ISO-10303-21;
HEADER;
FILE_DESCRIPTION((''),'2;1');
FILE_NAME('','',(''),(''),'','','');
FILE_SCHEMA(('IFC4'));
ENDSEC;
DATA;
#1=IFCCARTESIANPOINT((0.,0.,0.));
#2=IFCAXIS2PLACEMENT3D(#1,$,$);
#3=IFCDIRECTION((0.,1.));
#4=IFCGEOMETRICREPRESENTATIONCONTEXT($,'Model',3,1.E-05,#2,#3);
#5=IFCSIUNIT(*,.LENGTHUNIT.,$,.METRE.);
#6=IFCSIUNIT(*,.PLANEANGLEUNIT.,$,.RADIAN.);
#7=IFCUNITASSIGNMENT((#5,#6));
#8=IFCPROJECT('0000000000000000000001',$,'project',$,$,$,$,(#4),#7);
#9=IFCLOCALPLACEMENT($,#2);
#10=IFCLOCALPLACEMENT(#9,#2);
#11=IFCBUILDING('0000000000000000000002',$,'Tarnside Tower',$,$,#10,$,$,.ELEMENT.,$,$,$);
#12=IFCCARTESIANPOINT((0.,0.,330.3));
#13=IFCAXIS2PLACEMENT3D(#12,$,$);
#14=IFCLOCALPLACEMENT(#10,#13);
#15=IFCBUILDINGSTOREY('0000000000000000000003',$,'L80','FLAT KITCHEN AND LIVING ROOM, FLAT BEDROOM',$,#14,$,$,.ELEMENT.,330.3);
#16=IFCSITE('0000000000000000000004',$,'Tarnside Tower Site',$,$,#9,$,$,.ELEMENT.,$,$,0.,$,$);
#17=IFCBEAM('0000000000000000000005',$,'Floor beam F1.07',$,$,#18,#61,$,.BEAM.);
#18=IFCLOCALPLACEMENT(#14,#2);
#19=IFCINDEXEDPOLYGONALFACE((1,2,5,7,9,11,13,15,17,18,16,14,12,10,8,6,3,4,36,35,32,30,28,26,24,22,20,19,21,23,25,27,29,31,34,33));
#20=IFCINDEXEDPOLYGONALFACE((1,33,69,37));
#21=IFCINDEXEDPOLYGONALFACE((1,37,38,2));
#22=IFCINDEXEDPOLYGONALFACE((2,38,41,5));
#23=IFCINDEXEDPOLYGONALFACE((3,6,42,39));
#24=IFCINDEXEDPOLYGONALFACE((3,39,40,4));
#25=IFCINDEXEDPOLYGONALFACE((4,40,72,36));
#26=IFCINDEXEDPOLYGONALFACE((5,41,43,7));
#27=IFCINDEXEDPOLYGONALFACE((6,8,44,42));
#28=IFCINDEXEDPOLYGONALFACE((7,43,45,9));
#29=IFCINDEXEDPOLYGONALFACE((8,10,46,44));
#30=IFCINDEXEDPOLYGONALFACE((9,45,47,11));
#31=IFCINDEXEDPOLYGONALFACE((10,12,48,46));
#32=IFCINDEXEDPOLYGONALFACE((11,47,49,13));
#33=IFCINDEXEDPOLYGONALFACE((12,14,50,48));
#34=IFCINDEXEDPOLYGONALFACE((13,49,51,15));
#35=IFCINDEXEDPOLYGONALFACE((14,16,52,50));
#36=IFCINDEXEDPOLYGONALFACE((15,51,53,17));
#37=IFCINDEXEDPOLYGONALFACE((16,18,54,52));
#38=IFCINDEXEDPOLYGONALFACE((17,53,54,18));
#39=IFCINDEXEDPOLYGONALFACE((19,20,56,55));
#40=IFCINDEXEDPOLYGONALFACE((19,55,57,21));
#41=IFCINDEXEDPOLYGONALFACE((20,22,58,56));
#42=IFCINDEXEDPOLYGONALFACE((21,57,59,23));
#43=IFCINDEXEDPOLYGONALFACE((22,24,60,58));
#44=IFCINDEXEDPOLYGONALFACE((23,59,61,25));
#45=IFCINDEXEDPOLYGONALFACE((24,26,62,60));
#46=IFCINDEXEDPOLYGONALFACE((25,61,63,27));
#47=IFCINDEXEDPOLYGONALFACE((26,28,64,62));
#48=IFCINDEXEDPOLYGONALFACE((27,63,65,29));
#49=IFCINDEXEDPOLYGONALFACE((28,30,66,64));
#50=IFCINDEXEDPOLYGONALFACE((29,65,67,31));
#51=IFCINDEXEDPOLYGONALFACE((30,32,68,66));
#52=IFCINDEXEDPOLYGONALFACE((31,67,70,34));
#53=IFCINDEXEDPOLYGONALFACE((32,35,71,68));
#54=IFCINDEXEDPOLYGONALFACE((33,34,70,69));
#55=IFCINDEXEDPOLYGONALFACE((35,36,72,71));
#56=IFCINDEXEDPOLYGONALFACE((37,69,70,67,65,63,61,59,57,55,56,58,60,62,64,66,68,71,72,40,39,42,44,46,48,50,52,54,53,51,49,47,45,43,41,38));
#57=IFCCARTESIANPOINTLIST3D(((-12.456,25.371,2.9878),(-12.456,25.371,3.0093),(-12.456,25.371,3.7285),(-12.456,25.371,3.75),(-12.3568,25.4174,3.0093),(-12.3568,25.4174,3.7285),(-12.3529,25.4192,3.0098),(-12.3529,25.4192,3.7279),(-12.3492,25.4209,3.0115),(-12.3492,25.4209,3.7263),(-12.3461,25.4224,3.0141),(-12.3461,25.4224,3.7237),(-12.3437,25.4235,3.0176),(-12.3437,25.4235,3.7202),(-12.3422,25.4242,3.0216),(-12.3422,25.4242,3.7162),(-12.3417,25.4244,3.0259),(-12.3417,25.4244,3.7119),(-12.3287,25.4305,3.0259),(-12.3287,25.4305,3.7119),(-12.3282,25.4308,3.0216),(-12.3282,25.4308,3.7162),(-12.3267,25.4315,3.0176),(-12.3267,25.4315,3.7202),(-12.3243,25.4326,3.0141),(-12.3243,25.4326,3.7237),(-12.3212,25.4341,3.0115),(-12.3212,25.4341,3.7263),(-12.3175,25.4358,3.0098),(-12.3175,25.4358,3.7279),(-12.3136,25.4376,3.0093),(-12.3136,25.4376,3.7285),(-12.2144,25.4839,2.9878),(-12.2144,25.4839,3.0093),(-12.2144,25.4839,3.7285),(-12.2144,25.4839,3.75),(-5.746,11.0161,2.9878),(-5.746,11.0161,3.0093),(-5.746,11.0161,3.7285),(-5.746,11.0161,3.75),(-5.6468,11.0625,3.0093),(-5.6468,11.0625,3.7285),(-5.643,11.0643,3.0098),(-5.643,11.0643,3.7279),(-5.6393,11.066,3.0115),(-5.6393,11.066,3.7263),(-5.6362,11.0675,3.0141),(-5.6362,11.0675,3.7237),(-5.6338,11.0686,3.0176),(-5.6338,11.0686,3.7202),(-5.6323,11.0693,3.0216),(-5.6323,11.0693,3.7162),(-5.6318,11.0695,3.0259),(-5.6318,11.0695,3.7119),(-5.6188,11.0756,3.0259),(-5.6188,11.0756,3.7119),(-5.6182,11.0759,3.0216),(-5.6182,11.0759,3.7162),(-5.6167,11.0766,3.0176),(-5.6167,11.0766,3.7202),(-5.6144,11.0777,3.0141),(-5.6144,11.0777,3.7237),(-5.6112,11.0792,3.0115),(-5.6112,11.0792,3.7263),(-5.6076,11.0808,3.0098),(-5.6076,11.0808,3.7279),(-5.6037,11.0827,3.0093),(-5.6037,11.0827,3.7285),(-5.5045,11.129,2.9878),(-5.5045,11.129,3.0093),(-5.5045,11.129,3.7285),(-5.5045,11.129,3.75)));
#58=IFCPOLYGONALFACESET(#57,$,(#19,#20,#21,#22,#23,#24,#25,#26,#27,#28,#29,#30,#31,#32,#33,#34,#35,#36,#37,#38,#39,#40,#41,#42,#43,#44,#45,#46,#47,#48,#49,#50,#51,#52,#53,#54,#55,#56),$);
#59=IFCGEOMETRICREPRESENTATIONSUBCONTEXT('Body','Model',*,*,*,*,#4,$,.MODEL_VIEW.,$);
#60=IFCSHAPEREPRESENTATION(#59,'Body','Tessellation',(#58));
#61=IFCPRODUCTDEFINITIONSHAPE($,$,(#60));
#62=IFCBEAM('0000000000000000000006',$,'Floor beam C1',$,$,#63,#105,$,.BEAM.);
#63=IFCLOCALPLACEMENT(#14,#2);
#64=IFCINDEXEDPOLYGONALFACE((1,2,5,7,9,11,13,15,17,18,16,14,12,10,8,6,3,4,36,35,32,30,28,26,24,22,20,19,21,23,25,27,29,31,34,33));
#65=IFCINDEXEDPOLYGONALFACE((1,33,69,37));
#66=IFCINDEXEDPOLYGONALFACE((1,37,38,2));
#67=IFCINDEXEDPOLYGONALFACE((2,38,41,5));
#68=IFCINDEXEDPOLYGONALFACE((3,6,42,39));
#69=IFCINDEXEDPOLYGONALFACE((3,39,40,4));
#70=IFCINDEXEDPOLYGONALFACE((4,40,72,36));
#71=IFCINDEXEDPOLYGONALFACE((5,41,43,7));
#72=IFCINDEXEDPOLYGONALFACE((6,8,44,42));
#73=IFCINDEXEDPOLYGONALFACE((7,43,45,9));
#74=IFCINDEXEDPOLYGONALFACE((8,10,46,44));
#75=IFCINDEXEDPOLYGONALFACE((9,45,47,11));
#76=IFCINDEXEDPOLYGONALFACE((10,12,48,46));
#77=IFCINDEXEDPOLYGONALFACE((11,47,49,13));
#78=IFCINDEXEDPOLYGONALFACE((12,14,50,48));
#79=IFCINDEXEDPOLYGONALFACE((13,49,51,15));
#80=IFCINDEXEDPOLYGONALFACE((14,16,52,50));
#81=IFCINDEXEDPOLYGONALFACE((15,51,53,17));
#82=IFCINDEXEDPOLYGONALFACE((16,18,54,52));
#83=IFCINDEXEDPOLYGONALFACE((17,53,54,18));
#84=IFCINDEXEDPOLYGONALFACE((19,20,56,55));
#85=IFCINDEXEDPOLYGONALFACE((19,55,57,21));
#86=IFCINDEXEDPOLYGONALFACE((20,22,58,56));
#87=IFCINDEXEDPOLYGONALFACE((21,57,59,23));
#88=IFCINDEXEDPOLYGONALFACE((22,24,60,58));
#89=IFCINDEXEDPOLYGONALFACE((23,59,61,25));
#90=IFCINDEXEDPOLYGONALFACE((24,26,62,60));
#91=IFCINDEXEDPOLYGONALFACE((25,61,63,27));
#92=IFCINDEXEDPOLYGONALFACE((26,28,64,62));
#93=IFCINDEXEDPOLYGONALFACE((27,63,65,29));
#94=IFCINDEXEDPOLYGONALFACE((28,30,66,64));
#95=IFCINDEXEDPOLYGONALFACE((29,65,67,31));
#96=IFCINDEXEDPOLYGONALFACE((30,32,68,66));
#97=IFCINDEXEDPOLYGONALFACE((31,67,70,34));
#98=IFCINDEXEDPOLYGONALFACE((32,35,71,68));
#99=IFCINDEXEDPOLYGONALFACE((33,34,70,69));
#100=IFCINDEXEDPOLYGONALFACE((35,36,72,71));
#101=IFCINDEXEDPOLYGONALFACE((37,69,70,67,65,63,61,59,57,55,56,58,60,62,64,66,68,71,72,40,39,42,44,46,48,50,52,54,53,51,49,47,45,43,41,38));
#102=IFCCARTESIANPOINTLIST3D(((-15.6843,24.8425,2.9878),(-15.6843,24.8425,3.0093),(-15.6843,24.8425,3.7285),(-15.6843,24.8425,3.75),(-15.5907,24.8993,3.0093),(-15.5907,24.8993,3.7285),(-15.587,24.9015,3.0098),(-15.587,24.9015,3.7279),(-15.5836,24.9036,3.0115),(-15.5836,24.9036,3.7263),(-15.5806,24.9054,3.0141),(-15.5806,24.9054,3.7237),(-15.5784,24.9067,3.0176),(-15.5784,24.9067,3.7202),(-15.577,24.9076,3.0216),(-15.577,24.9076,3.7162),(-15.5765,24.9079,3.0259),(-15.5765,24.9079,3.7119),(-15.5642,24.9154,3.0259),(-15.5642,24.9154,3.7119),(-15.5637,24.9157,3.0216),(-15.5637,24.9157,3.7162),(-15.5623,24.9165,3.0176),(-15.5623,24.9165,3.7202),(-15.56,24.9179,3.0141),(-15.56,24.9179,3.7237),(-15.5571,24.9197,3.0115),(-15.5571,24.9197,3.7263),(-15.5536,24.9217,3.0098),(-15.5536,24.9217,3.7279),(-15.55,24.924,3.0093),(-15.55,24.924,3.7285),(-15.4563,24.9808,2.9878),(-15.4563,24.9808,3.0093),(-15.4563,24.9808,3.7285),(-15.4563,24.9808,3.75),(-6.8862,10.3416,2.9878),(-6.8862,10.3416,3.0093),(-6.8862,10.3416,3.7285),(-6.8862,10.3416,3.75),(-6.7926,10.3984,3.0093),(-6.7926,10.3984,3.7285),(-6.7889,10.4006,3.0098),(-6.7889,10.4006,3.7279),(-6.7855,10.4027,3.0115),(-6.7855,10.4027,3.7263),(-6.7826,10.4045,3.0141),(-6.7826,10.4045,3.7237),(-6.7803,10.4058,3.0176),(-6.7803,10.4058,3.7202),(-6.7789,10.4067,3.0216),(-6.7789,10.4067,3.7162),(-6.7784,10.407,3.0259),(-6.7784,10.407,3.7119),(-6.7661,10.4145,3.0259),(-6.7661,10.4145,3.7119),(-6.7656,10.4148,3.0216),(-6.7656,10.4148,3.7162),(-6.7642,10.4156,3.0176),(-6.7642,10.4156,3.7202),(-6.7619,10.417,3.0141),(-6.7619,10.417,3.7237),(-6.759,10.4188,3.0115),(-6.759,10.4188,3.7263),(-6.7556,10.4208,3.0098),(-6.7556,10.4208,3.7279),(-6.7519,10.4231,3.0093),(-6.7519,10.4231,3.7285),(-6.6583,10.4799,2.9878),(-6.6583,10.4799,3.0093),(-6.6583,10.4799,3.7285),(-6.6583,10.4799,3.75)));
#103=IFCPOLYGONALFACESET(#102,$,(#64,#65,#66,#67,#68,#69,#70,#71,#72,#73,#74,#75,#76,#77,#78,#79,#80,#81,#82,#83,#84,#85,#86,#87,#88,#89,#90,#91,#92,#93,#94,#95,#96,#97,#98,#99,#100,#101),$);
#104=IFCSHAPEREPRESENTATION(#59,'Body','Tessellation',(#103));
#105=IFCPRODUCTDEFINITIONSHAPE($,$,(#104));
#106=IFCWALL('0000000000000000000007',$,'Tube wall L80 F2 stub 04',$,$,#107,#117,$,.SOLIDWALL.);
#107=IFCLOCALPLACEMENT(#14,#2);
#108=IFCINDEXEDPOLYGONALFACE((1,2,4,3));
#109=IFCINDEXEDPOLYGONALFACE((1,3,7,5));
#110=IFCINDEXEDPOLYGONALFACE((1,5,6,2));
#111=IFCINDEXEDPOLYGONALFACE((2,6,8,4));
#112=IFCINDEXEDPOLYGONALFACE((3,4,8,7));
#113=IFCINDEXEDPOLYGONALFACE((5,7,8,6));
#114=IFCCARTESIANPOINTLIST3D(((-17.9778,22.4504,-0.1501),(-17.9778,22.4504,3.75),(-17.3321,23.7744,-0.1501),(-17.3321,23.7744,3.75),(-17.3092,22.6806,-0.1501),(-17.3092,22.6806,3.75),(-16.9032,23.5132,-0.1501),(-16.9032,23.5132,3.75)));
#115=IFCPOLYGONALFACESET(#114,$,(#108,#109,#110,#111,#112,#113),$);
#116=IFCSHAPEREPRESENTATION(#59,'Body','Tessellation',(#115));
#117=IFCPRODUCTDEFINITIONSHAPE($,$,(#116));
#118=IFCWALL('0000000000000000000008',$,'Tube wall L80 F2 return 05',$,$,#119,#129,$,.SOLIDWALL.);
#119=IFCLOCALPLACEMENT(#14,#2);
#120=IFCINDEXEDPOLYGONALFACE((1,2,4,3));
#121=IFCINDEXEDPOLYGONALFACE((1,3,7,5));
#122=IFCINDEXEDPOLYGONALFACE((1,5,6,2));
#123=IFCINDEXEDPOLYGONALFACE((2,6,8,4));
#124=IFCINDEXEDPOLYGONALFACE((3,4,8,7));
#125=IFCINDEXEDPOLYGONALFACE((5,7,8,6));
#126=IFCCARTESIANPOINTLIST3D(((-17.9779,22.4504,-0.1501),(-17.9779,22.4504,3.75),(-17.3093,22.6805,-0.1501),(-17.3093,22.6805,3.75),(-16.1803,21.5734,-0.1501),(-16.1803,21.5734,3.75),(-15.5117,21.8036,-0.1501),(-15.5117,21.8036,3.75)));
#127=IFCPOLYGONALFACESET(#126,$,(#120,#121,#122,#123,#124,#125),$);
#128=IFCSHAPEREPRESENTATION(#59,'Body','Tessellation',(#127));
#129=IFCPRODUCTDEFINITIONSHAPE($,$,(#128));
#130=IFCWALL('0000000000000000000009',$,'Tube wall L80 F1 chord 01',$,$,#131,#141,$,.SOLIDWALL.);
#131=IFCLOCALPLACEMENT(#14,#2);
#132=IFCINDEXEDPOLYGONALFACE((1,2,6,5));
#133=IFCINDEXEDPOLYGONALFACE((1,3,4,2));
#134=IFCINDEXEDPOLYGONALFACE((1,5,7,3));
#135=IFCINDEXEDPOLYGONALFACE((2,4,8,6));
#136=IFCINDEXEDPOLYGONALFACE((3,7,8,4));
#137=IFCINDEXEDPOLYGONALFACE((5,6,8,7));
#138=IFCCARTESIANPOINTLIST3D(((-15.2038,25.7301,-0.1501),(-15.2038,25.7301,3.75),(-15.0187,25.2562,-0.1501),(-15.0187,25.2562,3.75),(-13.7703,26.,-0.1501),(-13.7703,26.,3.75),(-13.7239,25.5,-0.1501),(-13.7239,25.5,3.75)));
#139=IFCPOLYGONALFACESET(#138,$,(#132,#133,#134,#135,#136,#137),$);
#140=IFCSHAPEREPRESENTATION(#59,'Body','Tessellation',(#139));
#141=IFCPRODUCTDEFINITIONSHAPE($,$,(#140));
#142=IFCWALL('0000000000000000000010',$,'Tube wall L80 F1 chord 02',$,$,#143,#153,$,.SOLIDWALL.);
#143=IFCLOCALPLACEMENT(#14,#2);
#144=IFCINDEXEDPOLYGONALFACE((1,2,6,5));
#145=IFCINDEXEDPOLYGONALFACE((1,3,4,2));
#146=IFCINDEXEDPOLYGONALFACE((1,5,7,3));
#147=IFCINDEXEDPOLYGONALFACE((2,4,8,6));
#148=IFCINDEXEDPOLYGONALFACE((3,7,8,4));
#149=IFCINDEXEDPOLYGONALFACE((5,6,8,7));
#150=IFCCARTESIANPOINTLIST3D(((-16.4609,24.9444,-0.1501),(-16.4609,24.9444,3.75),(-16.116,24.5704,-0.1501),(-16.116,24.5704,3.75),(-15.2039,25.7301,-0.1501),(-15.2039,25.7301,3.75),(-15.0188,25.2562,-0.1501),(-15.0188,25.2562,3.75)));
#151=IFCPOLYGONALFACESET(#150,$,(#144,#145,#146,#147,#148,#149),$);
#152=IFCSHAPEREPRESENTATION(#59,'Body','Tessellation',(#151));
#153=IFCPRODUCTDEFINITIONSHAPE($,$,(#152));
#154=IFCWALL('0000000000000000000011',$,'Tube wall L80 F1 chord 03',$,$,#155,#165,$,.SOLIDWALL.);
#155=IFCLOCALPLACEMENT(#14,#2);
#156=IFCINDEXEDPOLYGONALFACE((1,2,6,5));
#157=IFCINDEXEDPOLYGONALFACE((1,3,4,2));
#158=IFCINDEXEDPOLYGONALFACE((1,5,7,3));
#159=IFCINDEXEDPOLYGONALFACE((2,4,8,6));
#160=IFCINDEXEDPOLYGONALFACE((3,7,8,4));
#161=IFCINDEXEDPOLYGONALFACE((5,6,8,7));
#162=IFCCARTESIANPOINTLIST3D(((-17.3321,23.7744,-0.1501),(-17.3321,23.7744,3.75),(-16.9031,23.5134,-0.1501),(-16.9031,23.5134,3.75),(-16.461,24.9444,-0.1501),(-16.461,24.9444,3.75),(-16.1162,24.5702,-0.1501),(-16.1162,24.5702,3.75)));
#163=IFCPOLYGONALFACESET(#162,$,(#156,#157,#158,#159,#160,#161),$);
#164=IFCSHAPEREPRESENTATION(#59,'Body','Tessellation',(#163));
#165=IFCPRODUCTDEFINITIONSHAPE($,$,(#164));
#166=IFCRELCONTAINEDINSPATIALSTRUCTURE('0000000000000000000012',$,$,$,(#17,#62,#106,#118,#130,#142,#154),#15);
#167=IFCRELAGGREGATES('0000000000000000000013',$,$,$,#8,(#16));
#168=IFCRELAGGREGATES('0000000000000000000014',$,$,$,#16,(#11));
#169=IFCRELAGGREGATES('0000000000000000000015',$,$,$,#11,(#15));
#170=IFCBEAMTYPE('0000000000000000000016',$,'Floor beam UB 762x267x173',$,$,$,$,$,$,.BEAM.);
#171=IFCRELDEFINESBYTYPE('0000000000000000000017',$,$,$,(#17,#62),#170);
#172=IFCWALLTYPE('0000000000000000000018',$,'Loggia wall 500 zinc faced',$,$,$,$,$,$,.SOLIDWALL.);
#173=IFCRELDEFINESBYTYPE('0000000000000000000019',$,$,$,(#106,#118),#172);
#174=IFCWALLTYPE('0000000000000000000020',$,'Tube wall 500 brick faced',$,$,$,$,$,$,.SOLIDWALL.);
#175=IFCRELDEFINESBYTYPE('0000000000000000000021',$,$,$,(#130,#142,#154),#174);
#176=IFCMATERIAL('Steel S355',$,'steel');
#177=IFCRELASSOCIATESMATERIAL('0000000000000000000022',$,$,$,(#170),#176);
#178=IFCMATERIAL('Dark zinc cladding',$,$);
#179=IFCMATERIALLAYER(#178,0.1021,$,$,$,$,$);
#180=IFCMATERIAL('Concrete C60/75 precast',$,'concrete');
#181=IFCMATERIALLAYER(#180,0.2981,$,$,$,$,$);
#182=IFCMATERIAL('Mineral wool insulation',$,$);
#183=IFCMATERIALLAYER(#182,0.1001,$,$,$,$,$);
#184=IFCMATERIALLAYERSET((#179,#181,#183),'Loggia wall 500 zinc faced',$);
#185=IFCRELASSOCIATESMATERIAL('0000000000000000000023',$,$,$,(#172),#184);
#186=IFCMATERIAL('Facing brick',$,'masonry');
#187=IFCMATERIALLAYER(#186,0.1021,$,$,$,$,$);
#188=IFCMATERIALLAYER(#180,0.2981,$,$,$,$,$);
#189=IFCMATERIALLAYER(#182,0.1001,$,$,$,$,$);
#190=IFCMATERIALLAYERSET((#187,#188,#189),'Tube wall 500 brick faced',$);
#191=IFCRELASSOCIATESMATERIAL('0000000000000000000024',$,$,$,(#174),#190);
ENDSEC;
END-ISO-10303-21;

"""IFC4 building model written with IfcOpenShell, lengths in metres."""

from ifc_helpers import new_model, si_unit, direction, frame, origin, origin_2d, place, context, subcontext, project, spatial, polyline, i_section, outline, extrude, material, layer, layer_set, material_profile, profile_set, type_object, element, save


model = new_model("IFC4")

# Units and contexts
model_context = context("Model", 3, precision=1e-05, world=origin(), true_north=direction((0.0, 1.0)))
body_context = subcontext(model_context, "Body", "Model", "MODEL_VIEW")
ifc_project = project(units=[si_unit("LENGTHUNIT", "METRE"), si_unit("PLANEANGLEUNIT", "RADIAN")], contexts=[model_context])

# Site, building, storey
site_placement = place(None, origin())
site = spatial("IfcSite", under=ifc_project, at=site_placement, Name="Tarnside Tower Site", CompositionType="ELEMENT", RefElevation=0.0)
building_placement = place(site_placement, origin())
building = spatial("IfcBuilding", under=site, at=building_placement, Name="Tarnside Tower", CompositionType="ELEMENT")
storey_placement = place(building_placement, frame((0.0, 0.0, 330.3)))
storey = spatial("IfcBuildingStorey", under=building, at=storey_placement, Name="L80", Description="FLAT KITCHEN AND LIVING ROOM, FLAT BEDROOM", CompositionType="ELEMENT", Elevation=330.3)

# Beams
ifc_material_1 = material(Name="Steel S355", Category="steel")
ifc_material_profile = material_profile(ifc_material_1, i_section(OverallWidth=0.2666, OverallDepth=0.7622, WebThickness=0.0144, FlangeThickness=0.0215, FilletRadius=0.0166, at=origin_2d()), Name="UB 762x267x173")
ifc_profile_set = profile_set([ifc_material_profile], Name="Steel S355")
beam_type = type_object("IfcBeamType", Name="Floor beam UB 762x267x173", PredefinedType="BEAM", material=ifc_profile_set)
beam_1_placement = place(storey_placement, frame((-12.3352, 25.4275, 3.3689), z_axis=(0.423454, -0.905918, 0.0), x_axis=(0.905918, 0.423454, 0.0)))
element("IfcBeam", 1, at=beam_1_placement, inside=storey, type_object=beam_type, Name="Floor beam F1.07", PredefinedType="BEAM", context=body_context, shape_type="SweptSolid", body=[
    extrude(i_section(OverallWidth=0.2666, OverallDepth=0.7622, WebThickness=0.0144, FlangeThickness=0.0215, FilletRadius=0.0166, at=origin_2d()), origin(), (0.0, 0.0, 1.0), 15.8457),
])
beam_2_placement = place(storey_placement, frame((-15.5703, 24.9116, 3.3689), z_axis=(0.518717, -0.854946, 0.0), x_axis=(0.854946, 0.518717, 0.0)))
element("IfcBeam", 2, at=beam_2_placement, inside=storey, type_object=beam_type, Name="Floor beam C1", PredefinedType="BEAM", context=body_context, shape_type="SweptSolid", body=[
    extrude(i_section(OverallWidth=0.2666, OverallDepth=0.7622, WebThickness=0.0144, FlangeThickness=0.0215, FilletRadius=0.0166, at=origin_2d()), origin(), (0.0, 0.0, 1.0), 16.9612),
])

# Walls
ifc_material_2 = material(Name="Dark zinc cladding")
ifc_layer_1 = layer(ifc_material_2, 0.1021)
ifc_material_3 = material(Name="Concrete C60/75 precast", Category="concrete")
ifc_layer_2 = layer(ifc_material_3, 0.2981)
ifc_material_4 = material(Name="Mineral wool insulation")
ifc_layer_3 = layer(ifc_material_4, 0.1001)
ifc_layer_set_1 = layer_set([ifc_layer_1, ifc_layer_2, ifc_layer_3], Name="Loggia wall 500 zinc faced")
wall_type_1 = type_object("IfcWallType", Name="Loggia wall 500 zinc faced", PredefinedType="SOLIDWALL", material=ifc_layer_set_1)
wall_1_placement = place(storey_placement, frame((-17.1177, 23.6438, -0.1501), z_axis=(0.0, 0.0, 1.0), x_axis=(-0.438319, -0.898819, 0.0)))
element("IfcWall", 3, at=wall_1_placement, inside=storey, type_object=wall_type_1, Name="Tube wall L80 F2 stub 04", PredefinedType="SOLIDWALL", context=body_context, shape_type="SweptSolid", body=[
    extrude(outline(polyline([(-0.0234, -0.25), (1.4497, -0.25), (0.9497, 0.25), (0.0234, 0.25), (-0.0234, -0.25)])), origin(), (0.0, 0.0, 1.0), 3.9001),
])
wall_2_placement = place(storey_placement, frame((-17.6436, 22.5654, -0.1501), z_axis=(0.0, 0.0, 1.0), x_axis=(0.898754, -0.438452, 0.0)))
element("IfcWall", 4, at=wall_2_placement, inside=storey, type_object=wall_type_1, Name="Tube wall L80 F2 return 05", PredefinedType="SOLIDWALL", context=body_context, shape_type="SweptSolid", body=[
    extrude(outline(polyline([(-0.25, -0.25), (1.75, -0.25), (2.25, 0.25), (0.25, 0.25), (-0.25, -0.25)])), origin(), (0.0, 0.0, 1.0), 3.9001),
])

# Walls
ifc_material_5 = material(Name="Facing brick", Category="masonry")
ifc_layer_4 = layer(ifc_material_5, 0.1021)
ifc_layer_5 = layer(ifc_material_3, 0.2981)
ifc_layer_6 = layer(ifc_material_4, 0.1001)
ifc_layer_set_2 = layer_set([ifc_layer_4, ifc_layer_5, ifc_layer_6], Name="Tube wall 500 brick faced")
wall_type_2 = type_object("IfcWallType", Name="Tube wall 500 brick faced", PredefinedType="SOLIDWALL", material=ifc_layer_set_2)
wall_3_placement = place(storey_placement, frame((-13.7471, 25.75, -0.1501), z_axis=(0.0, 0.0, 1.0), x_axis=(-0.982737, -0.185011, 0.0)))
element("IfcWall", 5, at=wall_3_placement, inside=storey, type_object=wall_type_2, Name="Tube wall L80 F1 chord 01", PredefinedType="SOLIDWALL", context=body_context, shape_type="SweptSolid", body=[
    extrude(outline(polyline([(-0.0234, -0.25), (1.4353, -0.25), (1.3411, 0.25), (0.0234, 0.25), (-0.0234, -0.25)])), origin(), (0.0, 0.0, 1.0), 3.9001),
])
wall_4_placement = place(storey_placement, frame((-15.1113, 25.4932, -0.1501), z_axis=(0.0, 0.0, 1.0), x_axis=(-0.847979, -0.530031, 0.0)))
element("IfcWall", 6, at=wall_4_placement, inside=storey, type_object=wall_type_2, Name="Tube wall L80 F1 chord 02", PredefinedType="SOLIDWALL", context=body_context, shape_type="SweptSolid", body=[
    extrude(outline(polyline([(-0.0471, -0.25), (1.4353, -0.25), (1.3411, 0.25), (0.0471, 0.25), (-0.0471, -0.25)])), origin(), (0.0, 0.0, 1.0), 3.9001),
])
wall_5_placement = place(storey_placement, frame((-16.2886, 24.7573, -0.1501), z_axis=(0.0, 0.0, 1.0), x_axis=(-0.597211, -0.802084, 0.0)))
element("IfcWall", 7, at=wall_5_placement, inside=storey, type_object=wall_type_2, Name="Tube wall L80 F1 chord 03", PredefinedType="SOLIDWALL", context=body_context, shape_type="SweptSolid", body=[
    extrude(outline(polyline([(-0.0471, -0.25), (1.4116, -0.25), (1.3647, 0.25), (0.0471, 0.25), (-0.0471, -0.25)])), origin(), (0.0, 0.0, 1.0), 3.9001),
])

save(model, "model.ifc")
